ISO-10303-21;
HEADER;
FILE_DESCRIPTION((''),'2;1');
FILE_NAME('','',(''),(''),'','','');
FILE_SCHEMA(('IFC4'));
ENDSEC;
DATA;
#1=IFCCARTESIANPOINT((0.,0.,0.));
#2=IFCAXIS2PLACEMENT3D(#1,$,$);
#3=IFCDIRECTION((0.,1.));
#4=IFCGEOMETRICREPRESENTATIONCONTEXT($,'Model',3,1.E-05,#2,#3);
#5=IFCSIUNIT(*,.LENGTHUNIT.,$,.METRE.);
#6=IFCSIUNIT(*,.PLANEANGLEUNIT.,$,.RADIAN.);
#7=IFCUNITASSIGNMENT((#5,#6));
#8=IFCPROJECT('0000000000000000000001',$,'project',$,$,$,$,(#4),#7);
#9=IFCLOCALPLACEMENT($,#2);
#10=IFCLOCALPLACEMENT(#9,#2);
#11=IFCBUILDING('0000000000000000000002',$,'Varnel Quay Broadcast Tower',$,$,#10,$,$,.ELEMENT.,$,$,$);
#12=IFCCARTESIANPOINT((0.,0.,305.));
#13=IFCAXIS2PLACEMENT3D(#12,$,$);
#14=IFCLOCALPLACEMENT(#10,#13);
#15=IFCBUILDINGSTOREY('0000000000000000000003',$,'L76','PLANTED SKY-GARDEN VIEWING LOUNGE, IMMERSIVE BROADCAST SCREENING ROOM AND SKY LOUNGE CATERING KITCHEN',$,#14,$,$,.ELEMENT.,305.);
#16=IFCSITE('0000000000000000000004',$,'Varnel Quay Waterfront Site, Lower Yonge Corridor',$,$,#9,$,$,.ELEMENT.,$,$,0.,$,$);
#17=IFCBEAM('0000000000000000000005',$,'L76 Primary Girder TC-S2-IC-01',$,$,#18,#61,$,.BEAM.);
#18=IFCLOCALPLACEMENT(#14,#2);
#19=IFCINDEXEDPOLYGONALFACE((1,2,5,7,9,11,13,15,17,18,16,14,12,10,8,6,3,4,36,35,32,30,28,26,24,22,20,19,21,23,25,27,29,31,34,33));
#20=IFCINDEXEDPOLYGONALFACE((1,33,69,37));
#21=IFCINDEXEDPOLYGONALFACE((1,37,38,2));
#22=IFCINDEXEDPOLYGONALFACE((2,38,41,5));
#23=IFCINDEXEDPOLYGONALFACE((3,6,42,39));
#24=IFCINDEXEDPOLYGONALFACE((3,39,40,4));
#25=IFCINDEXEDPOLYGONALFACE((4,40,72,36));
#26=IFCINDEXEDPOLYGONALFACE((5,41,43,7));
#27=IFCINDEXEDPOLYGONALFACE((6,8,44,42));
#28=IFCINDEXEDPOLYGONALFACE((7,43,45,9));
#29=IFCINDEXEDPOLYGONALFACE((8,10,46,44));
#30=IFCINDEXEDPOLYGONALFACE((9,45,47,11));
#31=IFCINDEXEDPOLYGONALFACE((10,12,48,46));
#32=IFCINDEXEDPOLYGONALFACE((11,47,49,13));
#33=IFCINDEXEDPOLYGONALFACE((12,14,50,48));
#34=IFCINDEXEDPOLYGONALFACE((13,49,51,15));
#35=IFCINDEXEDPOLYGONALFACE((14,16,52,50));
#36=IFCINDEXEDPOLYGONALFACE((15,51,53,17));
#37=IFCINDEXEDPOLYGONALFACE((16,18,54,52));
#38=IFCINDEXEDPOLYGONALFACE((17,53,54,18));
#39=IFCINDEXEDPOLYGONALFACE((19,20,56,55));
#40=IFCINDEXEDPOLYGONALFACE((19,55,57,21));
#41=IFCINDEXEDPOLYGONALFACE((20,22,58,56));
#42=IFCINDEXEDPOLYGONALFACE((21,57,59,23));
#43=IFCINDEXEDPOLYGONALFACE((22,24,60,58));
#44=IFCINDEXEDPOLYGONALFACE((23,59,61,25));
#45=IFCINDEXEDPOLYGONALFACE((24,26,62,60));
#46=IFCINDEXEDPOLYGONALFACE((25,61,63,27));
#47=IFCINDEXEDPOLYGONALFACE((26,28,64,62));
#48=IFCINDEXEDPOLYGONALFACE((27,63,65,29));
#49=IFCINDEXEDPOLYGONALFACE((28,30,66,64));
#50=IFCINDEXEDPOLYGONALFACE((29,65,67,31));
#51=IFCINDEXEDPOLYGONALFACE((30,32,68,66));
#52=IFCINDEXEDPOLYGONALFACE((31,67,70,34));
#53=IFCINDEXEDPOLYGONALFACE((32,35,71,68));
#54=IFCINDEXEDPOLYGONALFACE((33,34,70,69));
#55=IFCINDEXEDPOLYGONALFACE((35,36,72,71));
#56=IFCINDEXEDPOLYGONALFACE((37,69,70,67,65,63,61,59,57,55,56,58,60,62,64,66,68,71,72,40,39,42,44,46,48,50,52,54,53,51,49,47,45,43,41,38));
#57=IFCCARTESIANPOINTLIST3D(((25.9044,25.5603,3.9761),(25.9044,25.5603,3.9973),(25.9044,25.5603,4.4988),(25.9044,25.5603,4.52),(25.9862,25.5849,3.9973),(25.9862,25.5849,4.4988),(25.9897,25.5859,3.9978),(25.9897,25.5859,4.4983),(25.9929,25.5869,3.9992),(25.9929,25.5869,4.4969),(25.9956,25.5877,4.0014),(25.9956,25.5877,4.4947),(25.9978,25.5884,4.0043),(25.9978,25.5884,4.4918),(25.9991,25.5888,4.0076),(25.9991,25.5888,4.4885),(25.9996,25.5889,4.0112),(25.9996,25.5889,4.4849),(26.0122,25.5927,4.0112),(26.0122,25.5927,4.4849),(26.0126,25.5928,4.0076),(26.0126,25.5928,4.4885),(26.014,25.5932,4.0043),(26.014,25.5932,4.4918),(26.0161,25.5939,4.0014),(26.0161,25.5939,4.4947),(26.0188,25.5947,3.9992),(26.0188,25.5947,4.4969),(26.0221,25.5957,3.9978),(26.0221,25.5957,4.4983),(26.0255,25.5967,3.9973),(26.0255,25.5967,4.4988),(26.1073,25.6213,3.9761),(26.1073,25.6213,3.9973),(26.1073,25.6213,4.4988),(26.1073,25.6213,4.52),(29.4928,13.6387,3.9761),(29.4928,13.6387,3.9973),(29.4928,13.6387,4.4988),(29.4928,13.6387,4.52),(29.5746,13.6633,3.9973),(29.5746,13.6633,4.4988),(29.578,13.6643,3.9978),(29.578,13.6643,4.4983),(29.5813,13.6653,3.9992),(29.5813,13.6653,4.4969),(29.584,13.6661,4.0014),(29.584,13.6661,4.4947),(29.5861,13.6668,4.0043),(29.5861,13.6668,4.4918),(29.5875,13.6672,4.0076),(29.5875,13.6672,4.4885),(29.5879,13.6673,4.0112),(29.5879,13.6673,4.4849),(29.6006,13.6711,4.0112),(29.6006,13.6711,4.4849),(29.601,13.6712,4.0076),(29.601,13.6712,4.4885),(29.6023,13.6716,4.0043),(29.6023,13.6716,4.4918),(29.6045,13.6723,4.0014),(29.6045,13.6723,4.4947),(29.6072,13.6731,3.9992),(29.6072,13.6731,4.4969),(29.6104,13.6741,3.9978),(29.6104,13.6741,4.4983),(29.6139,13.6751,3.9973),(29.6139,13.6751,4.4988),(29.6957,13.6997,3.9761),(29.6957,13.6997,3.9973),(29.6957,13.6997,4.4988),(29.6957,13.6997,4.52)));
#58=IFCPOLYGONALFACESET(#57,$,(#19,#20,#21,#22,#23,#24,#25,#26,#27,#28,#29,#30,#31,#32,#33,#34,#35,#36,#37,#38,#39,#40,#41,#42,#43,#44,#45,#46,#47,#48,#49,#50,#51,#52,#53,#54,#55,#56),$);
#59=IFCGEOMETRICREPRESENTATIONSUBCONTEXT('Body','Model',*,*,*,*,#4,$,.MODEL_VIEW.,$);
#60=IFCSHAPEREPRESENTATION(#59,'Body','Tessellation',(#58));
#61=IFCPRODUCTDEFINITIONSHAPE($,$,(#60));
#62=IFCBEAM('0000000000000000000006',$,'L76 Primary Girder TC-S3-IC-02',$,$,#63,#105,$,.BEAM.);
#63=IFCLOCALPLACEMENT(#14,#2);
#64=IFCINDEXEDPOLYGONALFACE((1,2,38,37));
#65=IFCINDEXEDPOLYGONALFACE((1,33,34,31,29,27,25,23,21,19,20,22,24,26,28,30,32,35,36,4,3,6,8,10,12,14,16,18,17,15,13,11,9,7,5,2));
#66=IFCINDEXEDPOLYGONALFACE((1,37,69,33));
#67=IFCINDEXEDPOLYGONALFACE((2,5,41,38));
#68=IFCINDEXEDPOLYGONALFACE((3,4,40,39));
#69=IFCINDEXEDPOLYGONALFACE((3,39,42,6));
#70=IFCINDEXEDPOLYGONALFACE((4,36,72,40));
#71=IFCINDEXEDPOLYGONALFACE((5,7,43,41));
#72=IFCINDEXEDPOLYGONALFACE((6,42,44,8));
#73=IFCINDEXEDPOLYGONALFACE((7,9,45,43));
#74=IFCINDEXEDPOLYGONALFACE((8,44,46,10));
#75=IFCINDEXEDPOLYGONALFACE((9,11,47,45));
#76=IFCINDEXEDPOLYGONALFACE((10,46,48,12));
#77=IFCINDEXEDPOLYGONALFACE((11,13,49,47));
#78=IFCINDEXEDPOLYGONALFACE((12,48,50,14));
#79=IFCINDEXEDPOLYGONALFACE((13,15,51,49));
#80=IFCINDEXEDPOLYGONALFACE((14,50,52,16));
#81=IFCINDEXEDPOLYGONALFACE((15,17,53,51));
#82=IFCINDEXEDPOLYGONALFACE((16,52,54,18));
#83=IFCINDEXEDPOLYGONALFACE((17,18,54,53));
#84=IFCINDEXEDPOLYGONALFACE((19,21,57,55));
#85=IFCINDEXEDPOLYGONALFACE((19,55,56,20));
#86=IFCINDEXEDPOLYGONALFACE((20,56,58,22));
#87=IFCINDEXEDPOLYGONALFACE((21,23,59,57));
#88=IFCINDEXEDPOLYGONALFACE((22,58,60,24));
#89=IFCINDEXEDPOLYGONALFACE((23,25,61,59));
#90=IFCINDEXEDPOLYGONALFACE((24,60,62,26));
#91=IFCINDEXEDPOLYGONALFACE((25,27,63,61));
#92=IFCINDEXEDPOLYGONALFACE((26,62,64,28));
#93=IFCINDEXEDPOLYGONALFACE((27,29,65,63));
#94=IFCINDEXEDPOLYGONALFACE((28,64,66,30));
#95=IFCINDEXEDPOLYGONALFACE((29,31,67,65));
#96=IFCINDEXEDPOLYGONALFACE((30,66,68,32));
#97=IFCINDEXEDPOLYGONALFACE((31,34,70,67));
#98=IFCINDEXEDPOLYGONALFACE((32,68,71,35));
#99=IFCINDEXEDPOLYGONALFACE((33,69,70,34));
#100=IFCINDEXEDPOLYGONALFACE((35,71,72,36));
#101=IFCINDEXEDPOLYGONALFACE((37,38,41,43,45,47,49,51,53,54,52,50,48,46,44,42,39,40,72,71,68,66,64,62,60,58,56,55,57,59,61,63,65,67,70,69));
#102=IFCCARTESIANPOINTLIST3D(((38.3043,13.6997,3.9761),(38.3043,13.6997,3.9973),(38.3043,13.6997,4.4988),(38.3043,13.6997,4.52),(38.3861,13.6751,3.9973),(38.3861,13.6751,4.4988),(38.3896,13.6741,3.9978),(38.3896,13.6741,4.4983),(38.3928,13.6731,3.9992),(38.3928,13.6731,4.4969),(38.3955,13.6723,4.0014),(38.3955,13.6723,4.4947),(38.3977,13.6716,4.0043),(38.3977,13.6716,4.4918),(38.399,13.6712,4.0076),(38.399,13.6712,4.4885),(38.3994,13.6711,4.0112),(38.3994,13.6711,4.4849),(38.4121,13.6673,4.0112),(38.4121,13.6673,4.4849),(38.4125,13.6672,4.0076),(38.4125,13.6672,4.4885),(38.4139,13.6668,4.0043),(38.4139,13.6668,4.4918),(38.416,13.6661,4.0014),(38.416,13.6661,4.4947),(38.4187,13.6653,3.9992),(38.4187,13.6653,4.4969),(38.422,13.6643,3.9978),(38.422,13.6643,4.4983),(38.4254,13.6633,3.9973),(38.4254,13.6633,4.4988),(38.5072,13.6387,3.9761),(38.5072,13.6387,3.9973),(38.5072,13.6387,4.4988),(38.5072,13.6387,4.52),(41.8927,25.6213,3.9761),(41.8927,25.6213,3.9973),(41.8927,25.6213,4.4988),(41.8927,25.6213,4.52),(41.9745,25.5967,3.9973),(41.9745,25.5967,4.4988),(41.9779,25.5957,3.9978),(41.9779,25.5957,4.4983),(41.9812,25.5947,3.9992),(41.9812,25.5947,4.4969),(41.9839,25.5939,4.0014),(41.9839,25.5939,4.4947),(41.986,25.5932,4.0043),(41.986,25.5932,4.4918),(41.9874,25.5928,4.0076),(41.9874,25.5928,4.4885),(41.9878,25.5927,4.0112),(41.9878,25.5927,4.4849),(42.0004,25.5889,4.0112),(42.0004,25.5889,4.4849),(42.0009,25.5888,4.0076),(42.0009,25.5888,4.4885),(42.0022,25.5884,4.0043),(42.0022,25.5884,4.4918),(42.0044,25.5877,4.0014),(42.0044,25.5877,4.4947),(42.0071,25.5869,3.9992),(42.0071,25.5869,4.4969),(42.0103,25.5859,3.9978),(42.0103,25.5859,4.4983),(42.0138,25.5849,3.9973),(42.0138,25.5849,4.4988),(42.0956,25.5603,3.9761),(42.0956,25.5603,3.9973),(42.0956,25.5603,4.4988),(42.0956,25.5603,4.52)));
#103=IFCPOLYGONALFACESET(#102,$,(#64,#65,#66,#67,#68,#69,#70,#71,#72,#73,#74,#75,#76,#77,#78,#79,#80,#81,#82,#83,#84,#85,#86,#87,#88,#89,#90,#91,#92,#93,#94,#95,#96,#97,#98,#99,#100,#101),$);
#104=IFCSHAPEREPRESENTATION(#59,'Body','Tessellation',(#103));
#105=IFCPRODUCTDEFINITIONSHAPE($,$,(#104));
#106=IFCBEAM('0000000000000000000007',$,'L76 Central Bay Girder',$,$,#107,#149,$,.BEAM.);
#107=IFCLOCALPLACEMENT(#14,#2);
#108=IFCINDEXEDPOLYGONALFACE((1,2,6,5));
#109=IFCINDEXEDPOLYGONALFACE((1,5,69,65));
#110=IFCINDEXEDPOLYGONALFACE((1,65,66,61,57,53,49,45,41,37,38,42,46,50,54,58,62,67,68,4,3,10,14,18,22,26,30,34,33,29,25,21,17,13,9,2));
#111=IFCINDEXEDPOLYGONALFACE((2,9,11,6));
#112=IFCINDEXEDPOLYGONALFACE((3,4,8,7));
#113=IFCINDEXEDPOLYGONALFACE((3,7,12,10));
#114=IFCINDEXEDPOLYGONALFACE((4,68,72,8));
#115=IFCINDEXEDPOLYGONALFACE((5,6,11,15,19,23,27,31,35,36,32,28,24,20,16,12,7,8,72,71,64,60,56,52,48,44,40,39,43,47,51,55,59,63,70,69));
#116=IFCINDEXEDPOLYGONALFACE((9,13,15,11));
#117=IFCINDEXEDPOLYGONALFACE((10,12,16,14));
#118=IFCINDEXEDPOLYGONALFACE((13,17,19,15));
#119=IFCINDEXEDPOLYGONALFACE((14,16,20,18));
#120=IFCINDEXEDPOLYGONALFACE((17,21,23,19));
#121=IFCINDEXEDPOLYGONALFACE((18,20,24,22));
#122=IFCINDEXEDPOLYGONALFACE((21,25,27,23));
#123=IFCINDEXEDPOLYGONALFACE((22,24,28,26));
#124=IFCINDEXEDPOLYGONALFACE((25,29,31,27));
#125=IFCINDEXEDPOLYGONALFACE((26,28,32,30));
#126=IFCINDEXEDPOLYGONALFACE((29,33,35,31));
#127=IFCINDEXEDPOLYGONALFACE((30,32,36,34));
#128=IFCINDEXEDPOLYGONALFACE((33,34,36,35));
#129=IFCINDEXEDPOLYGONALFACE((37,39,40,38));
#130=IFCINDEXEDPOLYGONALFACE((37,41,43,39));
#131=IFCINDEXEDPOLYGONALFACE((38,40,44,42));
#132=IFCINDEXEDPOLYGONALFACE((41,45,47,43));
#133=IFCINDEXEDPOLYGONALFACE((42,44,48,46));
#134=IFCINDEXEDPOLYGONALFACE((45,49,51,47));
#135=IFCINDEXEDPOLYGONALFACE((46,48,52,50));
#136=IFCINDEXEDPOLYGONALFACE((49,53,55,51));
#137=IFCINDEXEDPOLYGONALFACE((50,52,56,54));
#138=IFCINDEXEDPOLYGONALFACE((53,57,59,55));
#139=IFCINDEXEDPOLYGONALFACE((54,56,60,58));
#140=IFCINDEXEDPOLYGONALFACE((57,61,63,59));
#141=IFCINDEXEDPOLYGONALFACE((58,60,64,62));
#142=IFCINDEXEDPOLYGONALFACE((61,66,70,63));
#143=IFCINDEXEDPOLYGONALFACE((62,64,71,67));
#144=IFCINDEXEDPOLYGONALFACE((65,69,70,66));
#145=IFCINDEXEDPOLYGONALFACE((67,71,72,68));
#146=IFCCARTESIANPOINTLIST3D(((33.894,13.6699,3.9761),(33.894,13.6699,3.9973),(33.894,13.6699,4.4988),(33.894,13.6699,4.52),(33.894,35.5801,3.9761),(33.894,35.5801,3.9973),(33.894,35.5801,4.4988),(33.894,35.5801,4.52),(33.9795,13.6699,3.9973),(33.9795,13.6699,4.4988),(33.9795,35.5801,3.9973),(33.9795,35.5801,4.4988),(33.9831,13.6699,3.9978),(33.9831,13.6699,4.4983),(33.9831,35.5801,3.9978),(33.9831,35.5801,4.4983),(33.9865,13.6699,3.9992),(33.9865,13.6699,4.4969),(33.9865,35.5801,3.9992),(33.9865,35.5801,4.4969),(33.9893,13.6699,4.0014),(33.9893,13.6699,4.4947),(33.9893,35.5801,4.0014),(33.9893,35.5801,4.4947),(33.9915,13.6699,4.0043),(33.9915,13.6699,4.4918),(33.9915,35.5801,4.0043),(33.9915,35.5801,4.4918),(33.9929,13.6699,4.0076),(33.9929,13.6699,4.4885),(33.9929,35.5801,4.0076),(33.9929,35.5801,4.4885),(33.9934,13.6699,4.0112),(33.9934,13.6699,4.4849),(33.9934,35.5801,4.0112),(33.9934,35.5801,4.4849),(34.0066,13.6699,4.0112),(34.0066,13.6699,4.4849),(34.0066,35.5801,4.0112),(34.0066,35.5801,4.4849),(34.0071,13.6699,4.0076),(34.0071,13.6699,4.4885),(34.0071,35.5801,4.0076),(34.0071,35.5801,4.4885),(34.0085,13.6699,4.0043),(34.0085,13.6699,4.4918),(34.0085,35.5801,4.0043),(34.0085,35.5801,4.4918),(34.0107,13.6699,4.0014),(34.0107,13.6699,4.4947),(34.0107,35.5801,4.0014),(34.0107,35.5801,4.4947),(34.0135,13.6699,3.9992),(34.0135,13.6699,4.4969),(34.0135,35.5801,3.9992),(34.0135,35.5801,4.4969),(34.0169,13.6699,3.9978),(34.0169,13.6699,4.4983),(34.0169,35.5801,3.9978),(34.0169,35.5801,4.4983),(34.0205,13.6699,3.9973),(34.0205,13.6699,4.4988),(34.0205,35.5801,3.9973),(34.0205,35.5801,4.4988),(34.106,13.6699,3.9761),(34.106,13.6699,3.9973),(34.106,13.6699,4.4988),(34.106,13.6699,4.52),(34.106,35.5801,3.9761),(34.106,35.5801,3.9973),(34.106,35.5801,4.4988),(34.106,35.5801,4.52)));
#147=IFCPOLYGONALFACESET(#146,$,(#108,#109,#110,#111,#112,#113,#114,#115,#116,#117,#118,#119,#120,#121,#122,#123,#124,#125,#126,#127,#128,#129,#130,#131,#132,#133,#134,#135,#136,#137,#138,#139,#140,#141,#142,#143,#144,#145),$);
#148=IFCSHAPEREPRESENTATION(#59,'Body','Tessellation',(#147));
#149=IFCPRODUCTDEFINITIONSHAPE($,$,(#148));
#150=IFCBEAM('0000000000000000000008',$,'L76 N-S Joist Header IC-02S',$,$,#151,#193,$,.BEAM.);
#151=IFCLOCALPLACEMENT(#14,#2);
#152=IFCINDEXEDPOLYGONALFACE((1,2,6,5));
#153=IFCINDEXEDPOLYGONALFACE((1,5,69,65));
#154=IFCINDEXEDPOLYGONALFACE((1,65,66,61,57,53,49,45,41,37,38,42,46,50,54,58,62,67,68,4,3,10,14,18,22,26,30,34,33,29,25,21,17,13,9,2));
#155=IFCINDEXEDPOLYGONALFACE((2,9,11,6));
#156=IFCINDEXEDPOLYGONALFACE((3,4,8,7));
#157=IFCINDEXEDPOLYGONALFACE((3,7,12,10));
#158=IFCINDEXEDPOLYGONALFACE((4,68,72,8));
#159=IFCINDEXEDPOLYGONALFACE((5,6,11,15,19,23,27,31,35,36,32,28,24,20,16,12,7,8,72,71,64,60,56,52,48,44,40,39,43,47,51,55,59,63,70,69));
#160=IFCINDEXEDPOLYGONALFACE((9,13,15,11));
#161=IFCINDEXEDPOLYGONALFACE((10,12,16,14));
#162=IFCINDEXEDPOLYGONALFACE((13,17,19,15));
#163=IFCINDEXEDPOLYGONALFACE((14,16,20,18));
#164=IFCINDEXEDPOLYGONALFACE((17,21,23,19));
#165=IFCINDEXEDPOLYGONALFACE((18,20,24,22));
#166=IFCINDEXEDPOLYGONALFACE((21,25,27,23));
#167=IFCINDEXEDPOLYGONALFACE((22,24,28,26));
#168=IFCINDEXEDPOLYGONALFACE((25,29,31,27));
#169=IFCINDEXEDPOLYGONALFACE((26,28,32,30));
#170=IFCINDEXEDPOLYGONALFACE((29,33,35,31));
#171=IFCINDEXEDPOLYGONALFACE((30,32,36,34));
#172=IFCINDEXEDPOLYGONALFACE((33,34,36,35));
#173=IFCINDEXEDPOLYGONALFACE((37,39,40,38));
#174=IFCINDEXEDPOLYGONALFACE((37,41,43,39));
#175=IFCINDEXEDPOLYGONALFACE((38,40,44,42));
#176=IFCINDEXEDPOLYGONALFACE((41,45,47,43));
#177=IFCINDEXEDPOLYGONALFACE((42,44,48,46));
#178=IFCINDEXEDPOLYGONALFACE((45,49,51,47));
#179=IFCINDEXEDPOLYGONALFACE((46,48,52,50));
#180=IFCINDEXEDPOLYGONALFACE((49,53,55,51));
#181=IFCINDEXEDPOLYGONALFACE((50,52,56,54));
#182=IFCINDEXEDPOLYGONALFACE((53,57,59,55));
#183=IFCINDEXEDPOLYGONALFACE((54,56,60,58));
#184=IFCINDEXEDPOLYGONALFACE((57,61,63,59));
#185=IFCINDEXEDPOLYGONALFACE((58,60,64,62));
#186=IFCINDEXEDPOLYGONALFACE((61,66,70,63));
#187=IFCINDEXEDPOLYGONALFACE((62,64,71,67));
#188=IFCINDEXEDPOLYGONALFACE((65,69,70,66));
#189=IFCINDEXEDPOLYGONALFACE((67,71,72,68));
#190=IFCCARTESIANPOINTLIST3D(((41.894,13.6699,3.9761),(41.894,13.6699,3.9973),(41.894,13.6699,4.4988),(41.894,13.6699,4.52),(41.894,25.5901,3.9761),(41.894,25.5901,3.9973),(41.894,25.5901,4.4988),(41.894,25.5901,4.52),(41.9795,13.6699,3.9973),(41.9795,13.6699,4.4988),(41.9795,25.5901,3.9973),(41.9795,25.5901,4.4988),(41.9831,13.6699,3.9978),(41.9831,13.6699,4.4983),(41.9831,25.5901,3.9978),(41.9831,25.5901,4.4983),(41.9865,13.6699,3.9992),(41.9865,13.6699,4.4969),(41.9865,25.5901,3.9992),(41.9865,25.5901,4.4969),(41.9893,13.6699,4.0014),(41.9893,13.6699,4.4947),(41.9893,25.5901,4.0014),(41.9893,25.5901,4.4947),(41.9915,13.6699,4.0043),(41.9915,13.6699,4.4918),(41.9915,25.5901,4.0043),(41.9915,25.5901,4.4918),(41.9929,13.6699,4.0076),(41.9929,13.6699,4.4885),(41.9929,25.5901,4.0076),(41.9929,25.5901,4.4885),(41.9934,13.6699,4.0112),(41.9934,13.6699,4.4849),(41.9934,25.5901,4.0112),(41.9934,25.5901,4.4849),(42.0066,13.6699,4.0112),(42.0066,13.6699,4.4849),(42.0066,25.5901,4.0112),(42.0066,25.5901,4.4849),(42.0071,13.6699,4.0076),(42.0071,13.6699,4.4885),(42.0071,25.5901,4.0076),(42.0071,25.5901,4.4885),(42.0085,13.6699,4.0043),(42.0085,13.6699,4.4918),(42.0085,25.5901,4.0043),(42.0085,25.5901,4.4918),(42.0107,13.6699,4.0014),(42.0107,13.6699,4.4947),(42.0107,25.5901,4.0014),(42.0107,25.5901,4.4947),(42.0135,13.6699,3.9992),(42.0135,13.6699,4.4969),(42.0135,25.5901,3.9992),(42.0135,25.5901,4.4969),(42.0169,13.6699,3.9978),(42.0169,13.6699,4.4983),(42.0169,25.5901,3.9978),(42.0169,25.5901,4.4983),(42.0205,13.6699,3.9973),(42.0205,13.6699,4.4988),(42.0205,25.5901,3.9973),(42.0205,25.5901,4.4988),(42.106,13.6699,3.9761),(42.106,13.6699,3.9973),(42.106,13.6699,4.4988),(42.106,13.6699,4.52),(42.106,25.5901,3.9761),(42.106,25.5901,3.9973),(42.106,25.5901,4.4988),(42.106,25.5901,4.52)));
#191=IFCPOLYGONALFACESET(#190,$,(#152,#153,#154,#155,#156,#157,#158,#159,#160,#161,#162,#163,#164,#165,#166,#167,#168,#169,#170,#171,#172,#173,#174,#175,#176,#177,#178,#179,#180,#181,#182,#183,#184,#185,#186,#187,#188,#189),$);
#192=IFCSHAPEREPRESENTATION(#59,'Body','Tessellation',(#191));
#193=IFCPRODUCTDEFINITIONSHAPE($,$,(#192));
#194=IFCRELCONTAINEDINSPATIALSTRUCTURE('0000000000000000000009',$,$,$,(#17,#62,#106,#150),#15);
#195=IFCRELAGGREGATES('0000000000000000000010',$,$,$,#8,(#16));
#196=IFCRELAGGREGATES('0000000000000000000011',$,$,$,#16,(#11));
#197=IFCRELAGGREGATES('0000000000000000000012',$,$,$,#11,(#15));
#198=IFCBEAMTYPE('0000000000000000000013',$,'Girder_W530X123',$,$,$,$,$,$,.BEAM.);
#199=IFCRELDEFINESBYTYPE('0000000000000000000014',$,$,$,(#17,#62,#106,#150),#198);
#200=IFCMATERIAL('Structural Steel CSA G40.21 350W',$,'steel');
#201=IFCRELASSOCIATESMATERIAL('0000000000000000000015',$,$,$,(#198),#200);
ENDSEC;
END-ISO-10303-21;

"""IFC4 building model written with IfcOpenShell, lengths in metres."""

from ifc_helpers import new_model, si_unit, direction, frame, origin, origin_2d, place, context, subcontext, project, spatial, i_section, extrude, source, transform, mapped, material, material_profile, profile_set, type_object, type_shapes, element, save


model = new_model("IFC4")

# Units and contexts
model_context = context("Model", 3, precision=1e-05, world=origin(), true_north=direction((0.0, 1.0)))
body_context = subcontext(model_context, "Body", "Model", "MODEL_VIEW")
ifc_project = project(units=[si_unit("LENGTHUNIT", "METRE"), si_unit("PLANEANGLEUNIT", "RADIAN")], contexts=[model_context])

# Site, building, storey
site_placement = place(None, origin())
site = spatial("IfcSite", under=ifc_project, at=site_placement, Name="Varnel Quay Waterfront Site, Lower Yonge Corridor", CompositionType="ELEMENT", RefElevation=0.0)
building_placement = place(site_placement, origin())
building = spatial("IfcBuilding", under=site, at=building_placement, Name="Varnel Quay Broadcast Tower", CompositionType="ELEMENT")
storey_placement = place(building_placement, frame((0.0, 0.0, 305.0)))
storey = spatial("IfcBuildingStorey", under=building, at=storey_placement, Name="L76", Description="PLANTED SKY-GARDEN VIEWING LOUNGE, IMMERSIVE BROADCAST SCREENING ROOM AND SKY LOUNGE CATERING KITCHEN", CompositionType="ELEMENT", Elevation=305.0)

# Shared definitions
ifc_material_1 = material(Name="Structural Steel CSA G40.21 350W", Category="steel")

# Beams
ifc_material_profile_1 = material_profile(ifc_material_1, i_section(OverallWidth=0.2119, OverallDepth=0.5439, WebThickness=0.0132, FlangeThickness=0.0212, FilletRadius=0.0139, at=origin_2d()), Name="W530X123")
ifc_profile_set_1 = profile_set([ifc_material_profile_1], Name="Structural Steel CSA G40.21 350W")
beam_type_1 = type_object("IfcBeamType", Name="Girder_W530X123", PredefinedType="BEAM", material=ifc_profile_set_1)
shared_shape_1 = source(origin(), body_context, "Body", "SweptSolid", [
    extrude(i_section(OverallWidth=0.2119, OverallDepth=0.5439, WebThickness=0.0132, FlangeThickness=0.0212, FilletRadius=0.0139, at=origin_2d()), origin(), (0.0, 0.0, 1.0), 12.45),
])
for number, where, z_axis, x_axis, name in (
    (1, (29.5942, 13.6692, 4.248), (-0.288224, 0.957563, 0.0), (-0.957563, -0.288224, 0.0), "L76 Primary Girder TC-S2-IC-01"),
    (2, (38.4058, 13.6692, 4.248), (0.288224, 0.957563, 0.0), (-0.957563, 0.288224, 0.0), "L76 Primary Girder TC-S3-IC-02"),
):
    element("IfcBeam", number, at=place(storey_placement, frame(where, z_axis=z_axis, x_axis=x_axis)), inside=storey, type_object=beam_type_1, Name=name, PredefinedType="BEAM", context=body_context, shape_type="MappedRepresentation", body=[
        mapped(shared_shape_1, transform((0.0, 0.0, 0.0), x_axis=(1.0, 0.0, 0.0), y_axis=(0.0, 1.0, 0.0), z_axis=(0.0, 0.0, 1.0), scale=1.0)),
    ])
shared_shape_2 = source(origin(), body_context, "Body", "SweptSolid", [
    extrude(i_section(OverallWidth=0.2119, OverallDepth=0.5439, WebThickness=0.0132, FlangeThickness=0.0212, FilletRadius=0.0139, at=origin_2d()), origin(), (0.0, 0.0, 1.0), 21.9102),
])
beam_1_placement = place(storey_placement, frame((34.0, 13.6699, 4.248), z_axis=(0.0, 1.0, 0.0), x_axis=(-1.0, 0.0, 0.0)))
element("IfcBeam", 3, at=beam_1_placement, inside=storey, type_object=beam_type_1, Name="L76 Central Bay Girder", PredefinedType="BEAM", context=body_context, shape_type="MappedRepresentation", body=[
    mapped(shared_shape_2, transform((0.0, 0.0, 0.0), x_axis=(1.0, 0.0, 0.0), y_axis=(0.0, 1.0, 0.0), z_axis=(0.0, 0.0, 1.0), scale=1.0)),
])
shared_shape_3 = source(origin(), body_context, "Body", "SweptSolid", [
    extrude(i_section(OverallWidth=0.2119, OverallDepth=0.5439, WebThickness=0.0132, FlangeThickness=0.0212, FilletRadius=0.0139, at=origin_2d()), origin(), (0.0, 0.0, 1.0), 11.9202),
])
type_shapes(beam_type_1, [shared_shape_1, shared_shape_2, shared_shape_3])
beam_2_placement = place(storey_placement, frame((42.0, 13.6699, 4.248), z_axis=(0.0, 1.0, 0.0), x_axis=(-1.0, 0.0, 0.0)))
element("IfcBeam", 4, at=beam_2_placement, inside=storey, type_object=beam_type_1, Name="L76 N-S Joist Header IC-02S", PredefinedType="BEAM", context=body_context, shape_type="MappedRepresentation", body=[
    mapped(shared_shape_3, transform((0.0, 0.0, 0.0), x_axis=(1.0, 0.0, 0.0), y_axis=(0.0, 1.0, 0.0), z_axis=(0.0, 0.0, 1.0), scale=1.0)),
])

save(model, "model.ifc")
